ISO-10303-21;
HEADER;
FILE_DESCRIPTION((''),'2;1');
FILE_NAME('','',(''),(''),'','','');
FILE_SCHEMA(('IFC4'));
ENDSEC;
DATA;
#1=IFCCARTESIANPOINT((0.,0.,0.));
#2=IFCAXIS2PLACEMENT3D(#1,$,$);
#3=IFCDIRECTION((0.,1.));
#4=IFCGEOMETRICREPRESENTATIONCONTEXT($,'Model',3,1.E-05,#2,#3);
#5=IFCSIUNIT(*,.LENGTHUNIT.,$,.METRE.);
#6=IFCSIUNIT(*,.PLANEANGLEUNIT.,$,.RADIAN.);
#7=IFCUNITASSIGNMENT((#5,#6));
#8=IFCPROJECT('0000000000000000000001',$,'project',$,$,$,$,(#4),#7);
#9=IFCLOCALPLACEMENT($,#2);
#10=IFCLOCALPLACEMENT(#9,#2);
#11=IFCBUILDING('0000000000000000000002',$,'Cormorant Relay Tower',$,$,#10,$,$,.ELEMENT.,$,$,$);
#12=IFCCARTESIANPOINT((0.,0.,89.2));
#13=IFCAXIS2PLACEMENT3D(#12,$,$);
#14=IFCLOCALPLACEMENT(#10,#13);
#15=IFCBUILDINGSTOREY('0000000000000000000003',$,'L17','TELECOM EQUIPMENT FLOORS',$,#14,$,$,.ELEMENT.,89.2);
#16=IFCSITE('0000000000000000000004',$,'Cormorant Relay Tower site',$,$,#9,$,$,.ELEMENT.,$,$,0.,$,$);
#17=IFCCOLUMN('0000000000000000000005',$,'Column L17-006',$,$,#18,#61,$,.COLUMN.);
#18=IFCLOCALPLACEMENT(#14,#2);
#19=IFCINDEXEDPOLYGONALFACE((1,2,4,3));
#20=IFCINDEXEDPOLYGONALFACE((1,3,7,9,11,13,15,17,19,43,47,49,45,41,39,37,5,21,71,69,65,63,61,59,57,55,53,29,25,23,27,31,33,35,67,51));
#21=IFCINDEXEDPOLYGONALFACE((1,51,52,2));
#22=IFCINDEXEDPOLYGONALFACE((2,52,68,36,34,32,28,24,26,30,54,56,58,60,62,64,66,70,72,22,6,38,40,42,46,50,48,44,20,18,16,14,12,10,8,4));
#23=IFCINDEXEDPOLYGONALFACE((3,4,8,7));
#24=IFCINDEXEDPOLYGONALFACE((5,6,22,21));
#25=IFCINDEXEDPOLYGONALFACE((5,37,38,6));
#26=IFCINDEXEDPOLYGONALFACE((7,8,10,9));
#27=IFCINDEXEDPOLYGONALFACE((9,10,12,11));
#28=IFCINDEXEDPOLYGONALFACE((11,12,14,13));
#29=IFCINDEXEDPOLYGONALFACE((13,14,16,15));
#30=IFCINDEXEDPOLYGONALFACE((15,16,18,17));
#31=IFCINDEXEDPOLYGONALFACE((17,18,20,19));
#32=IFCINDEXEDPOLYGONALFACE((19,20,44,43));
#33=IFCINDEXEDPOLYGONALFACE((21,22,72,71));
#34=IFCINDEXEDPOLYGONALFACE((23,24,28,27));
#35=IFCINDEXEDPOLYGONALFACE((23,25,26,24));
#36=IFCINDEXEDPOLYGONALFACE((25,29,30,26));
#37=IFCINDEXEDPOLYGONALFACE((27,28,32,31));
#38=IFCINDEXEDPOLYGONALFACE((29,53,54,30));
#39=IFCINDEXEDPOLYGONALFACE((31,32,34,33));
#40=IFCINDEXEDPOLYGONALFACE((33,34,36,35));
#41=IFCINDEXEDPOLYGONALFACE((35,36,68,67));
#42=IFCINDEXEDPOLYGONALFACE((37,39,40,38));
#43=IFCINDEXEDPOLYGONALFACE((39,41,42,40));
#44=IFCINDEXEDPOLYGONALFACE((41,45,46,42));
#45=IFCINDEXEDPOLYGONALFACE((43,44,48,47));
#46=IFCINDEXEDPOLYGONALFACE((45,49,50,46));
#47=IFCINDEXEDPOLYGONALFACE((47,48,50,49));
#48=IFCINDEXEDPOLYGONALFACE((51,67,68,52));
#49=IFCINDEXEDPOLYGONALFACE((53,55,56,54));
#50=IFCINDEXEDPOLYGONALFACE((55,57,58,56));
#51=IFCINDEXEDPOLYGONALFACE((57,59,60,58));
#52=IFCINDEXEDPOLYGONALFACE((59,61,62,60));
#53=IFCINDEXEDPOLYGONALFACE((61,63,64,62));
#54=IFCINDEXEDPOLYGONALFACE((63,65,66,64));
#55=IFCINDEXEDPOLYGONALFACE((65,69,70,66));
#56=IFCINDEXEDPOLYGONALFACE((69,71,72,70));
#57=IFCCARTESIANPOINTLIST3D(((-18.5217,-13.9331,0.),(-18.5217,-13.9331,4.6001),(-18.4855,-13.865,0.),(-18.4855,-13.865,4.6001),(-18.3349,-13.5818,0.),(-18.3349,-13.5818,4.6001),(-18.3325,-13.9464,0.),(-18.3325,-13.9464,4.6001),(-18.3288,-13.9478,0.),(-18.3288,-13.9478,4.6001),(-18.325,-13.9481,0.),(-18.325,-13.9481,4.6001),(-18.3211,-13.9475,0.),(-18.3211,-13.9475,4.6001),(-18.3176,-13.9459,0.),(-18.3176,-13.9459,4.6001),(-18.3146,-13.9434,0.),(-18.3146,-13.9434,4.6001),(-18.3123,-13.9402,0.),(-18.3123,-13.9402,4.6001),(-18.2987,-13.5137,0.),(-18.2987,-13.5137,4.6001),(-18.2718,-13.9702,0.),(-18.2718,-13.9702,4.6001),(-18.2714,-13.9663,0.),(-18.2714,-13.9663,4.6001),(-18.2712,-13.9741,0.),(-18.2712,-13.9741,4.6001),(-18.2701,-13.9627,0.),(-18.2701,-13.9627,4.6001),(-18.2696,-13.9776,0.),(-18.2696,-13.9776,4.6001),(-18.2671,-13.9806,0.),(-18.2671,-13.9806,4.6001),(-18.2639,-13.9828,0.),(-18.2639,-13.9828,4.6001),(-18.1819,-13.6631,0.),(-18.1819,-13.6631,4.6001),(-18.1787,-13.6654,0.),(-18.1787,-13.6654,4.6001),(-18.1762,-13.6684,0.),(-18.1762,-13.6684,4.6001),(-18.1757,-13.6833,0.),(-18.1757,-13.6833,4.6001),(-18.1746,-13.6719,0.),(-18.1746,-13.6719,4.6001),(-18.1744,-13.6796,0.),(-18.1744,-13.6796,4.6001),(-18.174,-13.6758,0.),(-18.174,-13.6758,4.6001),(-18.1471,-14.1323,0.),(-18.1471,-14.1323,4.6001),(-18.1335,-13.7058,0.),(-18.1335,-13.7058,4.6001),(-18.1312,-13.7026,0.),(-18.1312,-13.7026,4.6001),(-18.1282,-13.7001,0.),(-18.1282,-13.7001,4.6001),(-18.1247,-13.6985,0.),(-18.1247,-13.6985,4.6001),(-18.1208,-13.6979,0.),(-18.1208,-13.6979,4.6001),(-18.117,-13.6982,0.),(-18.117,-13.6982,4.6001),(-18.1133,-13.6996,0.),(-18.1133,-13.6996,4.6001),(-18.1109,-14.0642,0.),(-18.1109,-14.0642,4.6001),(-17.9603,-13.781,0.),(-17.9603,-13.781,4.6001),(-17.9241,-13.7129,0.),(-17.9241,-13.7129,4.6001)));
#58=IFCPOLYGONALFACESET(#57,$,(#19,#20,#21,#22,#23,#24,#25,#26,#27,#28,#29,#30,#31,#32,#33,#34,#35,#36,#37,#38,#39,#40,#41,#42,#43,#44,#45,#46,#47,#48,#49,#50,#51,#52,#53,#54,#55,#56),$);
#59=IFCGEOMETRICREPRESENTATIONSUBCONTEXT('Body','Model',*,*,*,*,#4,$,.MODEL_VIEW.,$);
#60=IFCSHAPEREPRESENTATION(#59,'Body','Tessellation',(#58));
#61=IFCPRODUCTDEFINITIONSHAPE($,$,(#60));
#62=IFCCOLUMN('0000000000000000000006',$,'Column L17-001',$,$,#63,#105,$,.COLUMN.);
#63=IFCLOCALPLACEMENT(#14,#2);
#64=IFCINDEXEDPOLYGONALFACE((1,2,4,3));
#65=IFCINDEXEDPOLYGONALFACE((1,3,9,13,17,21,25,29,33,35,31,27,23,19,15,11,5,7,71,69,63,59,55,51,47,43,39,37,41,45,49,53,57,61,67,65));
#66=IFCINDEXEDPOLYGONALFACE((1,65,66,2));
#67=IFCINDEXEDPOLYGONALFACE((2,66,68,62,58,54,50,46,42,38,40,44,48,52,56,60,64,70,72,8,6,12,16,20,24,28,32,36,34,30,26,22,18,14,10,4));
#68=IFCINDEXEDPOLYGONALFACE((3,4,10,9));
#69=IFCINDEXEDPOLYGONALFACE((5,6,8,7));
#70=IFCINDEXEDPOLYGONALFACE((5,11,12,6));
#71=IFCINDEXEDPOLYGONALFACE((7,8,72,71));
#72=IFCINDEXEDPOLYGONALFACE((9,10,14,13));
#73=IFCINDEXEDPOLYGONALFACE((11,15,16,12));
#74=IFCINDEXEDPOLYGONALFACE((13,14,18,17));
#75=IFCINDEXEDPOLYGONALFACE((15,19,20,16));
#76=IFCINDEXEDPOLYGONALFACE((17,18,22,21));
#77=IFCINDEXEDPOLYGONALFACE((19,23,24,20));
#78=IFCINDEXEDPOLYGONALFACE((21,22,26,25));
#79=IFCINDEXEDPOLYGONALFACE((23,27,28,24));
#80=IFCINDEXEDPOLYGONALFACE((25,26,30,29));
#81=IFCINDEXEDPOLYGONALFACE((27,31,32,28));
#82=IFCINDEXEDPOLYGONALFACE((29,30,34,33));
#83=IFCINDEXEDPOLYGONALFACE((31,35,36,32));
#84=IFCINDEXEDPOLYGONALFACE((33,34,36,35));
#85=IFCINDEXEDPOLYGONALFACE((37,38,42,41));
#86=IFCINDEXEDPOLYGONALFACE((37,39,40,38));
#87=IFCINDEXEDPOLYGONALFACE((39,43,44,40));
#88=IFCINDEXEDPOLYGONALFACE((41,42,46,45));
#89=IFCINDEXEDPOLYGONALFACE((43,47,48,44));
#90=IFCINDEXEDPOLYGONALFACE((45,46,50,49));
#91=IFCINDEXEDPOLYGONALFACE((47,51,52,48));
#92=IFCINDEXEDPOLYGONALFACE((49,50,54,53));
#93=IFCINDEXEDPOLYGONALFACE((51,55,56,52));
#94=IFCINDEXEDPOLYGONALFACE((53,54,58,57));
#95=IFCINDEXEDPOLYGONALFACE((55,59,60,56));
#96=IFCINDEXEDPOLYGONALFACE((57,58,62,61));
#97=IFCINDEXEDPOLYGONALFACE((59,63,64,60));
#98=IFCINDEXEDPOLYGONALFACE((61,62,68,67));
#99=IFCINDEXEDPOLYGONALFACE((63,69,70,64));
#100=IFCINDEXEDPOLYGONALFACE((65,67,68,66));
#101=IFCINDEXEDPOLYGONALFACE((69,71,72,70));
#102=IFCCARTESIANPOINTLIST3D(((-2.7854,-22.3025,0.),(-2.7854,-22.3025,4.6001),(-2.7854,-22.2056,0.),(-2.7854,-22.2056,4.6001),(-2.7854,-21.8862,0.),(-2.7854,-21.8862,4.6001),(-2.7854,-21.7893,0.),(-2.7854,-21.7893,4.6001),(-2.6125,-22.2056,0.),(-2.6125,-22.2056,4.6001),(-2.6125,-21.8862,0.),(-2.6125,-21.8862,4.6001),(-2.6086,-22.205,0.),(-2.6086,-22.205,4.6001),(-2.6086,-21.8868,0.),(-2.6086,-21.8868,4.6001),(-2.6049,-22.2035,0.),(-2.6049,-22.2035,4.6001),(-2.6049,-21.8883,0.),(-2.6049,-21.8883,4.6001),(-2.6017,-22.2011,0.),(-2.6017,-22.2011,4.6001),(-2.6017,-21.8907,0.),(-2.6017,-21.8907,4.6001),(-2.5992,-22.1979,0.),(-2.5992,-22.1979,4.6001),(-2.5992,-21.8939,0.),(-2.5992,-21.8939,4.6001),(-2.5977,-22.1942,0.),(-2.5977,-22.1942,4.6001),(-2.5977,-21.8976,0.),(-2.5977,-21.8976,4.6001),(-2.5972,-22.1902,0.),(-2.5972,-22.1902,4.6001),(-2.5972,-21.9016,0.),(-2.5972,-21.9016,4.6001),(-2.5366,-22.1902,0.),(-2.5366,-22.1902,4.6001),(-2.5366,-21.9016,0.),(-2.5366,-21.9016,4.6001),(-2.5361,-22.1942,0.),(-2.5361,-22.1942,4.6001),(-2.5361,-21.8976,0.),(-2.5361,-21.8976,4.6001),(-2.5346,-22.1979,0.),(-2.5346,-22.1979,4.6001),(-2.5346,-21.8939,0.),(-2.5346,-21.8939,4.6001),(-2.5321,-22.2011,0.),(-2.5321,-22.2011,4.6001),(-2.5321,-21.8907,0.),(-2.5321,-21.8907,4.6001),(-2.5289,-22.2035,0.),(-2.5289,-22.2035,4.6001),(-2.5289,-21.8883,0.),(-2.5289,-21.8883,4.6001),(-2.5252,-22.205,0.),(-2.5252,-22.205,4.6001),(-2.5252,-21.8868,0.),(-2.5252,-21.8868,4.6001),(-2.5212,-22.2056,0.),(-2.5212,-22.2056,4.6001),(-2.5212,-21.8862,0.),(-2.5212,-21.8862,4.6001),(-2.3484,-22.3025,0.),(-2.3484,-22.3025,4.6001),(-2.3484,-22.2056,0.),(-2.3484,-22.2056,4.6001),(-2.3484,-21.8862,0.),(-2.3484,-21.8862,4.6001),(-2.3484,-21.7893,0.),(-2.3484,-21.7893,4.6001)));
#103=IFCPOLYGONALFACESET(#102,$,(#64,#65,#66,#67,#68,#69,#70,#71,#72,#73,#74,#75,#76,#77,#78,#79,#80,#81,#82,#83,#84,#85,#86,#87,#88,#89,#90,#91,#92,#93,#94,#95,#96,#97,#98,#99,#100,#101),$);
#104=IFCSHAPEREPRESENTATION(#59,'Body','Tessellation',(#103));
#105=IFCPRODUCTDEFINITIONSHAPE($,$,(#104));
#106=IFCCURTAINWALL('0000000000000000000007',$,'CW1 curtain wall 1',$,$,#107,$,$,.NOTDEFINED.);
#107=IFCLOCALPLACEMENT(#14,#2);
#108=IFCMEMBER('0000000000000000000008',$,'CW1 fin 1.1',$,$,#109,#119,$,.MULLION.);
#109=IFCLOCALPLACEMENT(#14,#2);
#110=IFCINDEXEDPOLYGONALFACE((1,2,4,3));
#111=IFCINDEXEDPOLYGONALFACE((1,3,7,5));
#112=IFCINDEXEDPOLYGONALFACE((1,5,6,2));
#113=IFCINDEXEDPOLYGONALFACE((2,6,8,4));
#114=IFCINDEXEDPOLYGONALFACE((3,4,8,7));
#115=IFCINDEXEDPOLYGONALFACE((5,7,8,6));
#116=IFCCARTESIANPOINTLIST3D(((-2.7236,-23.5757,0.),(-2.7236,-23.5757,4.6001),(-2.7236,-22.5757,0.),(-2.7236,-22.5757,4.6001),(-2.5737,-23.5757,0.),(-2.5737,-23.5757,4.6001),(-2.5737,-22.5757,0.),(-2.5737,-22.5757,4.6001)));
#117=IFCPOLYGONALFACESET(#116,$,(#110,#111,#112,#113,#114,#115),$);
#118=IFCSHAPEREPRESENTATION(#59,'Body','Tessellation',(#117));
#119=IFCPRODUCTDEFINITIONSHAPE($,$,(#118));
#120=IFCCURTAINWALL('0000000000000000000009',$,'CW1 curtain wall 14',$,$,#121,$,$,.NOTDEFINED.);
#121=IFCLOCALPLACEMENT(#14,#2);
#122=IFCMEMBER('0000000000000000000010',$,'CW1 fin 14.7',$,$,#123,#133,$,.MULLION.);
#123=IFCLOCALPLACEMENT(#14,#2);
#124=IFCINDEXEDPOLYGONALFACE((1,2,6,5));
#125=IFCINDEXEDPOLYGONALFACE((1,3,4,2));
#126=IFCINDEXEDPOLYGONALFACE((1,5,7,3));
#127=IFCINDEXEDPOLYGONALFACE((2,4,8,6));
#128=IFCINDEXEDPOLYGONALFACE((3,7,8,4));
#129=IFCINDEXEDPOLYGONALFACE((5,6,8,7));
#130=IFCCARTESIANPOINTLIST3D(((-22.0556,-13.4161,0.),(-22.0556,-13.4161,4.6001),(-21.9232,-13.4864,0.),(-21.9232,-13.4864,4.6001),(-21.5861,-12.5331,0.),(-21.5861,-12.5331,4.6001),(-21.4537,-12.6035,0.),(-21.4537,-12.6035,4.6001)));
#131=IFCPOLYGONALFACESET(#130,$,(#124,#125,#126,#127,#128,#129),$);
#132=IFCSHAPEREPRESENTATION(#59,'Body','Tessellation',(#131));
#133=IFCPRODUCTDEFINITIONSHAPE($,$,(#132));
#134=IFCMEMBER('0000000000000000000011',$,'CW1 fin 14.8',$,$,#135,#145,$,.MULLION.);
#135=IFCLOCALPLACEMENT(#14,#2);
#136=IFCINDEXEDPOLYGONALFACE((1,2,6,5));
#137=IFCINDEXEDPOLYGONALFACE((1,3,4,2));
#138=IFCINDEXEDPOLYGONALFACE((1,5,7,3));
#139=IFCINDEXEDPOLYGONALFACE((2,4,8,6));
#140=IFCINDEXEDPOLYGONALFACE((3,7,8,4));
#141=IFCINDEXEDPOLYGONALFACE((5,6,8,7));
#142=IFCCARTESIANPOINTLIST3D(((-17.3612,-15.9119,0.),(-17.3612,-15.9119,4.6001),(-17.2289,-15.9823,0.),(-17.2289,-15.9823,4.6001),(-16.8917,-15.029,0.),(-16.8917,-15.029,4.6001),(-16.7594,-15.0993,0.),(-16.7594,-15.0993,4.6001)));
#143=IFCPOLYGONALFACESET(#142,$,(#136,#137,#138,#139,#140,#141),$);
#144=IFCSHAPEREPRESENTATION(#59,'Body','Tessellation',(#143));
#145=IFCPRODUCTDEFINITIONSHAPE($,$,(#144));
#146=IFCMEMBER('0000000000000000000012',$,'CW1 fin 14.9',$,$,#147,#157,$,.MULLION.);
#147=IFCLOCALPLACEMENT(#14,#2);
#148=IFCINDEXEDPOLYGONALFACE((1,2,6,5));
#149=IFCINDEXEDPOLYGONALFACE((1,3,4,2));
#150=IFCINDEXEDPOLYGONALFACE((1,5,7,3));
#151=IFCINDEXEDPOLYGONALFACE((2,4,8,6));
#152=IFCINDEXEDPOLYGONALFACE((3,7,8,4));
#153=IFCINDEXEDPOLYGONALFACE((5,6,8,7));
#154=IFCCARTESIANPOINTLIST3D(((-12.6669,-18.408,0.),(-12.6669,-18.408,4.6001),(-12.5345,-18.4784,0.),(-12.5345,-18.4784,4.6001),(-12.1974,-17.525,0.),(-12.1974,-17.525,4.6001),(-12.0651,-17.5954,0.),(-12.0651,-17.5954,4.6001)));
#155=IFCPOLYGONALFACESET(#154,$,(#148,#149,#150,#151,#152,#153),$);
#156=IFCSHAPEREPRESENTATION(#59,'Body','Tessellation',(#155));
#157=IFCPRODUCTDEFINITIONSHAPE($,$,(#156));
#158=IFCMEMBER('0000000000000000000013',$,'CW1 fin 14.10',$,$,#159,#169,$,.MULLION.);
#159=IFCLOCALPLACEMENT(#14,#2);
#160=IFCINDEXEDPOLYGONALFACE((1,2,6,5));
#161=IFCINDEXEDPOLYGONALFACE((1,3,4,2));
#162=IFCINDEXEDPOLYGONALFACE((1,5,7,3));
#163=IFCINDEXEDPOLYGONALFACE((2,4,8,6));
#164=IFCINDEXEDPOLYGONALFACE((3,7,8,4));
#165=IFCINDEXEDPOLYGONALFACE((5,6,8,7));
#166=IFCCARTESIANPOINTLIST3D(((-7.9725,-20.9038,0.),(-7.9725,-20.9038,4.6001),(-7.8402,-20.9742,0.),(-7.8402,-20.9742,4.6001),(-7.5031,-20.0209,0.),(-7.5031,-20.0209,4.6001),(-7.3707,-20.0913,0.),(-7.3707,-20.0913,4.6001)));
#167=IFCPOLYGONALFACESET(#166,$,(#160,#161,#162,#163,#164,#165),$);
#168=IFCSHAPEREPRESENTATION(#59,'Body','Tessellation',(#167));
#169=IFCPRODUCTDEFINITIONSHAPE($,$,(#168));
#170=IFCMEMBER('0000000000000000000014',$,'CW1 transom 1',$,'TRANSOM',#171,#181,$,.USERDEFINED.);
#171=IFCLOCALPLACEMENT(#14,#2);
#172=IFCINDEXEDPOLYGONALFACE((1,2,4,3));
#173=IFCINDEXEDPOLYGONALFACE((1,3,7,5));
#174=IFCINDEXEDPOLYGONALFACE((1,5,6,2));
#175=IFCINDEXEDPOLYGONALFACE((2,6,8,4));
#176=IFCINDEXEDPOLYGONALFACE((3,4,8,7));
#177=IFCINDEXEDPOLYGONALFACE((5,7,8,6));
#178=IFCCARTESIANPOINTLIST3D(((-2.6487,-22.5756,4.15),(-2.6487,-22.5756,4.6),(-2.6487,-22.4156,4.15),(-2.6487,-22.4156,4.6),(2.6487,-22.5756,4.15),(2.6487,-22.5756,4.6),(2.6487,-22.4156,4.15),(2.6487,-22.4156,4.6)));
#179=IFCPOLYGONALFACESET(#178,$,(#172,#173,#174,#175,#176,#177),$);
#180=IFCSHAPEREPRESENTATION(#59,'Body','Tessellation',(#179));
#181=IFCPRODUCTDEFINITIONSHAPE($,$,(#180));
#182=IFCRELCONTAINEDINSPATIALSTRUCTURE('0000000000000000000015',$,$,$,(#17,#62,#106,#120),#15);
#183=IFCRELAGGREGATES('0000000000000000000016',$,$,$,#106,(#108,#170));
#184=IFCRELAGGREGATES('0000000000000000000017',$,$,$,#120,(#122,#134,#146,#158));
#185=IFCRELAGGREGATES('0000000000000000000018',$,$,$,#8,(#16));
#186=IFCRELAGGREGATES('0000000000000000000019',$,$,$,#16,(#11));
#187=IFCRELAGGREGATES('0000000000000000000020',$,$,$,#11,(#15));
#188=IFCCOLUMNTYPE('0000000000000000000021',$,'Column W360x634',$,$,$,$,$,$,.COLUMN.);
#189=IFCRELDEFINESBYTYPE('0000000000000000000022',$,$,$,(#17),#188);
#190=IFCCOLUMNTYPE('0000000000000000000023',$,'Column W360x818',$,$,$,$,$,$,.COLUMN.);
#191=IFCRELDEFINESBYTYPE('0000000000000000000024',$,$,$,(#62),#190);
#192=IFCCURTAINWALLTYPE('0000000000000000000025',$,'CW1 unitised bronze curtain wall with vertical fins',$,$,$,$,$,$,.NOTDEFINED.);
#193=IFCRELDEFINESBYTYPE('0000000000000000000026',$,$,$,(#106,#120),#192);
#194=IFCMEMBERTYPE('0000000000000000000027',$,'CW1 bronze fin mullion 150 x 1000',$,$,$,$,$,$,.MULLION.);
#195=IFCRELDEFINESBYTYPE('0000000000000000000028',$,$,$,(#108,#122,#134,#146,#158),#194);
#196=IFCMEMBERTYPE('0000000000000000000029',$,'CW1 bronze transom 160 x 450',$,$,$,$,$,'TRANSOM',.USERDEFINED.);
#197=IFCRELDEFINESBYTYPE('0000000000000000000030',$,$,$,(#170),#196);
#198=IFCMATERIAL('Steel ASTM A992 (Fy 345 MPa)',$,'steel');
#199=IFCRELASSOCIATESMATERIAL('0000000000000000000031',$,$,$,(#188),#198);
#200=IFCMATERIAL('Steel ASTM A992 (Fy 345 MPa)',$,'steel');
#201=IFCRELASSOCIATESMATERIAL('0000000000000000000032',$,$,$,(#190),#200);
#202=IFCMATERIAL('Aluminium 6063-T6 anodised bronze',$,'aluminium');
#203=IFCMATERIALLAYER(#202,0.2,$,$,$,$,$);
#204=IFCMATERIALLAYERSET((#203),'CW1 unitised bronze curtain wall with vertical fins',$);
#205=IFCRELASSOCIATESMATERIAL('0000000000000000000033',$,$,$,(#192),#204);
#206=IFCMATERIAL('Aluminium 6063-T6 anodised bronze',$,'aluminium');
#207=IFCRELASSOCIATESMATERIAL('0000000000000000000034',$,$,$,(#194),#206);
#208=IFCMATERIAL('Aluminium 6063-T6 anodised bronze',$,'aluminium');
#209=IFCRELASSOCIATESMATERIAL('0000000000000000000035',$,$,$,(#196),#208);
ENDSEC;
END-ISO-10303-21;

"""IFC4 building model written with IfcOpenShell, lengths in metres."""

from ifc_helpers import new_model, si_unit, direction, frame, origin, origin_2d, place, context, subcontext, project, spatial, rectangle, i_section, extrude, material, layer, layer_set, material_profile, profile_set, type_object, element, aggregate, save


model = new_model("IFC4")

# Units and contexts
model_context = context("Model", 3, precision=1e-05, world=origin(), true_north=direction((0.0, 1.0)))
body_context = subcontext(model_context, "Body", "Model", "MODEL_VIEW")
ifc_project = project(units=[si_unit("LENGTHUNIT", "METRE"), si_unit("PLANEANGLEUNIT", "RADIAN")], contexts=[model_context])

# Site, building, storey
site_placement = place(None, origin())
site = spatial("IfcSite", under=ifc_project, at=site_placement, Name="Cormorant Relay Tower site", CompositionType="ELEMENT", RefElevation=0.0)
building_placement = place(site_placement, origin())
building = spatial("IfcBuilding", under=site, at=building_placement, Name="Cormorant Relay Tower", CompositionType="ELEMENT")
storey_placement = place(building_placement, frame((0.0, 0.0, 89.2)))
storey = spatial("IfcBuildingStorey", under=building, at=storey_placement, Name="L17", Description="TELECOM EQUIPMENT FLOORS", CompositionType="ELEMENT", Elevation=89.2)

# Columns
ifc_material_1 = material(Name="Steel ASTM A992 (Fy 345 MPa)", Category="steel")
ifc_material_profile_1 = material_profile(ifc_material_1, i_section(OverallWidth=0.4243, OverallDepth=0.4751, WebThickness=0.0479, FlangeThickness=0.0771, FilletRadius=0.0149, at=origin_2d()), Name="W360x634")
ifc_profile_set_1 = profile_set([ifc_material_profile_1], Name="Steel ASTM A992 (Fy 345 MPa)")
column_type_1 = type_object("IfcColumnType", Name="Column W360x634", PredefinedType="COLUMN", material=ifc_profile_set_1)
for number, where, z_axis, x_axis, name in (
    (1, (-18.2229, -13.823, 0.0), (0.0, 0.0, 1.0), (0.882948, -0.469472, 0.0), "Column L17-006"),
):
    element("IfcColumn", number, at=place(storey_placement, frame(where, z_axis=z_axis, x_axis=x_axis)), inside=storey, type_object=column_type_1, Name=name, PredefinedType="COLUMN", context=body_context, shape_type="SweptSolid", body=[
        extrude(i_section(OverallWidth=0.4243, OverallDepth=0.4751, WebThickness=0.0479, FlangeThickness=0.0771, FilletRadius=0.0149, at=origin_2d()), origin(), (0.0, 0.0, 1.0), 4.6001),
    ])
ifc_material_2 = material(Name="Steel ASTM A992 (Fy 345 MPa)", Category="steel")
ifc_material_profile_2 = material_profile(ifc_material_2, i_section(OverallWidth=0.437, OverallDepth=0.5132, WebThickness=0.0605, FlangeThickness=0.0969, FilletRadius=0.0154, at=origin_2d()), Name="W360x818")
ifc_profile_set_2 = profile_set([ifc_material_profile_2], Name="Steel ASTM A992 (Fy 345 MPa)")
column_type_2 = type_object("IfcColumnType", Name="Column W360x818", PredefinedType="COLUMN", material=ifc_profile_set_2)
column_placement = place(storey_placement, frame((-2.5669, -22.0459, 0.0), z_axis=(0.0, 0.0, 1.0), x_axis=(1.0, 0.0, 0.0)))
element("IfcColumn", 2, at=column_placement, inside=storey, type_object=column_type_2, Name="Column L17-001", PredefinedType="COLUMN", context=body_context, shape_type="SweptSolid", body=[
    extrude(i_section(OverallWidth=0.437, OverallDepth=0.5132, WebThickness=0.0605, FlangeThickness=0.0969, FilletRadius=0.0154, at=origin_2d()), origin(), (0.0, 0.0, 1.0), 4.6001),
])

# Curtain wall, member
ifc_material_3 = material(Name="Aluminium 6063-T6 anodised bronze", Category="aluminium")
ifc_layer_1 = layer(ifc_material_3, 0.2)
ifc_layer_set_1 = layer_set([ifc_layer_1], Name="CW1 unitised bronze curtain wall with vertical fins")
curtain_wall_type = type_object("IfcCurtainWallType", Name="CW1 unitised bronze curtain wall with vertical fins", PredefinedType="NOTDEFINED", material=ifc_layer_set_1)
curtain_wall_1_placement = place(storey_placement, origin())
curtain_wall_1 = element("IfcCurtainWall", 3, at=curtain_wall_1_placement, inside=storey, type_object=curtain_wall_type, Name="CW1 curtain wall 1", PredefinedType="NOTDEFINED")
ifc_material_4 = material(Name="Aluminium 6063-T6 anodised bronze", Category="aluminium")
ifc_material_profile_3 = material_profile(ifc_material_4, rectangle(XDim=0.1499, YDim=1.0, at=origin_2d()), Name="AL 150x1000")
ifc_profile_set_3 = profile_set([ifc_material_profile_3], Name="Aluminium 6063-T6 anodised bronze")
member_type_1 = type_object("IfcMemberType", Name="CW1 bronze fin mullion 150 x 1000", PredefinedType="MULLION", material=ifc_profile_set_3)
member_1_placement = place(storey_placement, frame((-2.6487, -23.0757, 0.0), z_axis=(0.0, 0.0, 1.0), x_axis=(1.0, 0.0, 0.0)))
member_1 = element("IfcMember", 4, at=member_1_placement, type_object=member_type_1, Name="CW1 fin 1.1", PredefinedType="MULLION", context=body_context, shape_type="SweptSolid", body=[
    extrude(rectangle(XDim=0.1499, YDim=1.0, at=origin_2d()), origin(), (0.0, 0.0, 1.0), 4.6001),
])

# Curtain wall, members
curtain_wall_2_placement = place(storey_placement, origin())
curtain_wall_2 = element("IfcCurtainWall", 5, at=curtain_wall_2_placement, inside=storey, type_object=curtain_wall_type, Name="CW1 curtain wall 14", PredefinedType="NOTDEFINED")
member_2_placement = place(storey_placement, frame((-21.7546, -13.0098, 0.0), z_axis=(0.0, 0.0, 1.0), x_axis=(0.882948, -0.469472, 0.0)))
member_2 = element("IfcMember", 6, at=member_2_placement, type_object=member_type_1, Name="CW1 fin 14.7", PredefinedType="MULLION", context=body_context, shape_type="SweptSolid", body=[
    extrude(rectangle(XDim=0.1499, YDim=1.0, at=origin_2d()), origin(), (0.0, 0.0, 1.0), 4.6001),
])
member_3_placement = place(storey_placement, frame((-17.0603, -15.5056, 0.0), z_axis=(0.0, 0.0, 1.0), x_axis=(0.882948, -0.469472, 0.0)))
member_3 = element("IfcMember", 7, at=member_3_placement, type_object=member_type_1, Name="CW1 fin 14.8", PredefinedType="MULLION", context=body_context, shape_type="SweptSolid", body=[
    extrude(rectangle(XDim=0.1499, YDim=1.0, at=origin_2d()), origin(), (0.0, 0.0, 1.0), 4.6001),
])
member_4_placement = place(storey_placement, frame((-12.366, -18.0017, 0.0), z_axis=(0.0, 0.0, 1.0), x_axis=(0.882948, -0.469472, 0.0)))
member_4 = element("IfcMember", 8, at=member_4_placement, type_object=member_type_1, Name="CW1 fin 14.9", PredefinedType="MULLION", context=body_context, shape_type="SweptSolid", body=[
    extrude(rectangle(XDim=0.1499, YDim=1.0, at=origin_2d()), origin(), (0.0, 0.0, 1.0), 4.6001),
])
member_5_placement = place(storey_placement, frame((-7.6716, -20.4976, 0.0), z_axis=(0.0, 0.0, 1.0), x_axis=(0.882948, -0.469472, 0.0)))
member_5 = element("IfcMember", 9, at=member_5_placement, type_object=member_type_1, Name="CW1 fin 14.10", PredefinedType="MULLION", context=body_context, shape_type="SweptSolid", body=[
    extrude(rectangle(XDim=0.1499, YDim=1.0, at=origin_2d()), origin(), (0.0, 0.0, 1.0), 4.6001),
])

# Member
ifc_material_5 = material(Name="Aluminium 6063-T6 anodised bronze", Category="aluminium")
ifc_material_profile_4 = material_profile(ifc_material_5, rectangle(XDim=0.1599, YDim=0.45, at=origin_2d()), Name="AL 160x450")
ifc_profile_set_4 = profile_set([ifc_material_profile_4], Name="Aluminium 6063-T6 anodised bronze")
member_type_2 = type_object("IfcMemberType", Name="CW1 bronze transom 160 x 450", ElementType="TRANSOM", PredefinedType="USERDEFINED", material=ifc_profile_set_4)
member_6_placement = place(storey_placement, frame((-2.6487, -22.4956, 4.375), z_axis=(1.0, 0.0, 0.0), x_axis=(0.0, 1.0, 0.0)))
member_6 = element("IfcMember", 10, at=member_6_placement, type_object=member_type_2, Name="CW1 transom 1", ObjectType="TRANSOM", PredefinedType="USERDEFINED", context=body_context, shape_type="SweptSolid", body=[
    extrude(rectangle(XDim=0.1599, YDim=0.45, at=origin_2d()), origin(), (0.0, 0.0, 1.0), 5.2974),
])

aggregate(curtain_wall_1, [member_1, member_6])
aggregate(curtain_wall_2, [member_2, member_3, member_4, member_5])

save(model, "model.ifc")
